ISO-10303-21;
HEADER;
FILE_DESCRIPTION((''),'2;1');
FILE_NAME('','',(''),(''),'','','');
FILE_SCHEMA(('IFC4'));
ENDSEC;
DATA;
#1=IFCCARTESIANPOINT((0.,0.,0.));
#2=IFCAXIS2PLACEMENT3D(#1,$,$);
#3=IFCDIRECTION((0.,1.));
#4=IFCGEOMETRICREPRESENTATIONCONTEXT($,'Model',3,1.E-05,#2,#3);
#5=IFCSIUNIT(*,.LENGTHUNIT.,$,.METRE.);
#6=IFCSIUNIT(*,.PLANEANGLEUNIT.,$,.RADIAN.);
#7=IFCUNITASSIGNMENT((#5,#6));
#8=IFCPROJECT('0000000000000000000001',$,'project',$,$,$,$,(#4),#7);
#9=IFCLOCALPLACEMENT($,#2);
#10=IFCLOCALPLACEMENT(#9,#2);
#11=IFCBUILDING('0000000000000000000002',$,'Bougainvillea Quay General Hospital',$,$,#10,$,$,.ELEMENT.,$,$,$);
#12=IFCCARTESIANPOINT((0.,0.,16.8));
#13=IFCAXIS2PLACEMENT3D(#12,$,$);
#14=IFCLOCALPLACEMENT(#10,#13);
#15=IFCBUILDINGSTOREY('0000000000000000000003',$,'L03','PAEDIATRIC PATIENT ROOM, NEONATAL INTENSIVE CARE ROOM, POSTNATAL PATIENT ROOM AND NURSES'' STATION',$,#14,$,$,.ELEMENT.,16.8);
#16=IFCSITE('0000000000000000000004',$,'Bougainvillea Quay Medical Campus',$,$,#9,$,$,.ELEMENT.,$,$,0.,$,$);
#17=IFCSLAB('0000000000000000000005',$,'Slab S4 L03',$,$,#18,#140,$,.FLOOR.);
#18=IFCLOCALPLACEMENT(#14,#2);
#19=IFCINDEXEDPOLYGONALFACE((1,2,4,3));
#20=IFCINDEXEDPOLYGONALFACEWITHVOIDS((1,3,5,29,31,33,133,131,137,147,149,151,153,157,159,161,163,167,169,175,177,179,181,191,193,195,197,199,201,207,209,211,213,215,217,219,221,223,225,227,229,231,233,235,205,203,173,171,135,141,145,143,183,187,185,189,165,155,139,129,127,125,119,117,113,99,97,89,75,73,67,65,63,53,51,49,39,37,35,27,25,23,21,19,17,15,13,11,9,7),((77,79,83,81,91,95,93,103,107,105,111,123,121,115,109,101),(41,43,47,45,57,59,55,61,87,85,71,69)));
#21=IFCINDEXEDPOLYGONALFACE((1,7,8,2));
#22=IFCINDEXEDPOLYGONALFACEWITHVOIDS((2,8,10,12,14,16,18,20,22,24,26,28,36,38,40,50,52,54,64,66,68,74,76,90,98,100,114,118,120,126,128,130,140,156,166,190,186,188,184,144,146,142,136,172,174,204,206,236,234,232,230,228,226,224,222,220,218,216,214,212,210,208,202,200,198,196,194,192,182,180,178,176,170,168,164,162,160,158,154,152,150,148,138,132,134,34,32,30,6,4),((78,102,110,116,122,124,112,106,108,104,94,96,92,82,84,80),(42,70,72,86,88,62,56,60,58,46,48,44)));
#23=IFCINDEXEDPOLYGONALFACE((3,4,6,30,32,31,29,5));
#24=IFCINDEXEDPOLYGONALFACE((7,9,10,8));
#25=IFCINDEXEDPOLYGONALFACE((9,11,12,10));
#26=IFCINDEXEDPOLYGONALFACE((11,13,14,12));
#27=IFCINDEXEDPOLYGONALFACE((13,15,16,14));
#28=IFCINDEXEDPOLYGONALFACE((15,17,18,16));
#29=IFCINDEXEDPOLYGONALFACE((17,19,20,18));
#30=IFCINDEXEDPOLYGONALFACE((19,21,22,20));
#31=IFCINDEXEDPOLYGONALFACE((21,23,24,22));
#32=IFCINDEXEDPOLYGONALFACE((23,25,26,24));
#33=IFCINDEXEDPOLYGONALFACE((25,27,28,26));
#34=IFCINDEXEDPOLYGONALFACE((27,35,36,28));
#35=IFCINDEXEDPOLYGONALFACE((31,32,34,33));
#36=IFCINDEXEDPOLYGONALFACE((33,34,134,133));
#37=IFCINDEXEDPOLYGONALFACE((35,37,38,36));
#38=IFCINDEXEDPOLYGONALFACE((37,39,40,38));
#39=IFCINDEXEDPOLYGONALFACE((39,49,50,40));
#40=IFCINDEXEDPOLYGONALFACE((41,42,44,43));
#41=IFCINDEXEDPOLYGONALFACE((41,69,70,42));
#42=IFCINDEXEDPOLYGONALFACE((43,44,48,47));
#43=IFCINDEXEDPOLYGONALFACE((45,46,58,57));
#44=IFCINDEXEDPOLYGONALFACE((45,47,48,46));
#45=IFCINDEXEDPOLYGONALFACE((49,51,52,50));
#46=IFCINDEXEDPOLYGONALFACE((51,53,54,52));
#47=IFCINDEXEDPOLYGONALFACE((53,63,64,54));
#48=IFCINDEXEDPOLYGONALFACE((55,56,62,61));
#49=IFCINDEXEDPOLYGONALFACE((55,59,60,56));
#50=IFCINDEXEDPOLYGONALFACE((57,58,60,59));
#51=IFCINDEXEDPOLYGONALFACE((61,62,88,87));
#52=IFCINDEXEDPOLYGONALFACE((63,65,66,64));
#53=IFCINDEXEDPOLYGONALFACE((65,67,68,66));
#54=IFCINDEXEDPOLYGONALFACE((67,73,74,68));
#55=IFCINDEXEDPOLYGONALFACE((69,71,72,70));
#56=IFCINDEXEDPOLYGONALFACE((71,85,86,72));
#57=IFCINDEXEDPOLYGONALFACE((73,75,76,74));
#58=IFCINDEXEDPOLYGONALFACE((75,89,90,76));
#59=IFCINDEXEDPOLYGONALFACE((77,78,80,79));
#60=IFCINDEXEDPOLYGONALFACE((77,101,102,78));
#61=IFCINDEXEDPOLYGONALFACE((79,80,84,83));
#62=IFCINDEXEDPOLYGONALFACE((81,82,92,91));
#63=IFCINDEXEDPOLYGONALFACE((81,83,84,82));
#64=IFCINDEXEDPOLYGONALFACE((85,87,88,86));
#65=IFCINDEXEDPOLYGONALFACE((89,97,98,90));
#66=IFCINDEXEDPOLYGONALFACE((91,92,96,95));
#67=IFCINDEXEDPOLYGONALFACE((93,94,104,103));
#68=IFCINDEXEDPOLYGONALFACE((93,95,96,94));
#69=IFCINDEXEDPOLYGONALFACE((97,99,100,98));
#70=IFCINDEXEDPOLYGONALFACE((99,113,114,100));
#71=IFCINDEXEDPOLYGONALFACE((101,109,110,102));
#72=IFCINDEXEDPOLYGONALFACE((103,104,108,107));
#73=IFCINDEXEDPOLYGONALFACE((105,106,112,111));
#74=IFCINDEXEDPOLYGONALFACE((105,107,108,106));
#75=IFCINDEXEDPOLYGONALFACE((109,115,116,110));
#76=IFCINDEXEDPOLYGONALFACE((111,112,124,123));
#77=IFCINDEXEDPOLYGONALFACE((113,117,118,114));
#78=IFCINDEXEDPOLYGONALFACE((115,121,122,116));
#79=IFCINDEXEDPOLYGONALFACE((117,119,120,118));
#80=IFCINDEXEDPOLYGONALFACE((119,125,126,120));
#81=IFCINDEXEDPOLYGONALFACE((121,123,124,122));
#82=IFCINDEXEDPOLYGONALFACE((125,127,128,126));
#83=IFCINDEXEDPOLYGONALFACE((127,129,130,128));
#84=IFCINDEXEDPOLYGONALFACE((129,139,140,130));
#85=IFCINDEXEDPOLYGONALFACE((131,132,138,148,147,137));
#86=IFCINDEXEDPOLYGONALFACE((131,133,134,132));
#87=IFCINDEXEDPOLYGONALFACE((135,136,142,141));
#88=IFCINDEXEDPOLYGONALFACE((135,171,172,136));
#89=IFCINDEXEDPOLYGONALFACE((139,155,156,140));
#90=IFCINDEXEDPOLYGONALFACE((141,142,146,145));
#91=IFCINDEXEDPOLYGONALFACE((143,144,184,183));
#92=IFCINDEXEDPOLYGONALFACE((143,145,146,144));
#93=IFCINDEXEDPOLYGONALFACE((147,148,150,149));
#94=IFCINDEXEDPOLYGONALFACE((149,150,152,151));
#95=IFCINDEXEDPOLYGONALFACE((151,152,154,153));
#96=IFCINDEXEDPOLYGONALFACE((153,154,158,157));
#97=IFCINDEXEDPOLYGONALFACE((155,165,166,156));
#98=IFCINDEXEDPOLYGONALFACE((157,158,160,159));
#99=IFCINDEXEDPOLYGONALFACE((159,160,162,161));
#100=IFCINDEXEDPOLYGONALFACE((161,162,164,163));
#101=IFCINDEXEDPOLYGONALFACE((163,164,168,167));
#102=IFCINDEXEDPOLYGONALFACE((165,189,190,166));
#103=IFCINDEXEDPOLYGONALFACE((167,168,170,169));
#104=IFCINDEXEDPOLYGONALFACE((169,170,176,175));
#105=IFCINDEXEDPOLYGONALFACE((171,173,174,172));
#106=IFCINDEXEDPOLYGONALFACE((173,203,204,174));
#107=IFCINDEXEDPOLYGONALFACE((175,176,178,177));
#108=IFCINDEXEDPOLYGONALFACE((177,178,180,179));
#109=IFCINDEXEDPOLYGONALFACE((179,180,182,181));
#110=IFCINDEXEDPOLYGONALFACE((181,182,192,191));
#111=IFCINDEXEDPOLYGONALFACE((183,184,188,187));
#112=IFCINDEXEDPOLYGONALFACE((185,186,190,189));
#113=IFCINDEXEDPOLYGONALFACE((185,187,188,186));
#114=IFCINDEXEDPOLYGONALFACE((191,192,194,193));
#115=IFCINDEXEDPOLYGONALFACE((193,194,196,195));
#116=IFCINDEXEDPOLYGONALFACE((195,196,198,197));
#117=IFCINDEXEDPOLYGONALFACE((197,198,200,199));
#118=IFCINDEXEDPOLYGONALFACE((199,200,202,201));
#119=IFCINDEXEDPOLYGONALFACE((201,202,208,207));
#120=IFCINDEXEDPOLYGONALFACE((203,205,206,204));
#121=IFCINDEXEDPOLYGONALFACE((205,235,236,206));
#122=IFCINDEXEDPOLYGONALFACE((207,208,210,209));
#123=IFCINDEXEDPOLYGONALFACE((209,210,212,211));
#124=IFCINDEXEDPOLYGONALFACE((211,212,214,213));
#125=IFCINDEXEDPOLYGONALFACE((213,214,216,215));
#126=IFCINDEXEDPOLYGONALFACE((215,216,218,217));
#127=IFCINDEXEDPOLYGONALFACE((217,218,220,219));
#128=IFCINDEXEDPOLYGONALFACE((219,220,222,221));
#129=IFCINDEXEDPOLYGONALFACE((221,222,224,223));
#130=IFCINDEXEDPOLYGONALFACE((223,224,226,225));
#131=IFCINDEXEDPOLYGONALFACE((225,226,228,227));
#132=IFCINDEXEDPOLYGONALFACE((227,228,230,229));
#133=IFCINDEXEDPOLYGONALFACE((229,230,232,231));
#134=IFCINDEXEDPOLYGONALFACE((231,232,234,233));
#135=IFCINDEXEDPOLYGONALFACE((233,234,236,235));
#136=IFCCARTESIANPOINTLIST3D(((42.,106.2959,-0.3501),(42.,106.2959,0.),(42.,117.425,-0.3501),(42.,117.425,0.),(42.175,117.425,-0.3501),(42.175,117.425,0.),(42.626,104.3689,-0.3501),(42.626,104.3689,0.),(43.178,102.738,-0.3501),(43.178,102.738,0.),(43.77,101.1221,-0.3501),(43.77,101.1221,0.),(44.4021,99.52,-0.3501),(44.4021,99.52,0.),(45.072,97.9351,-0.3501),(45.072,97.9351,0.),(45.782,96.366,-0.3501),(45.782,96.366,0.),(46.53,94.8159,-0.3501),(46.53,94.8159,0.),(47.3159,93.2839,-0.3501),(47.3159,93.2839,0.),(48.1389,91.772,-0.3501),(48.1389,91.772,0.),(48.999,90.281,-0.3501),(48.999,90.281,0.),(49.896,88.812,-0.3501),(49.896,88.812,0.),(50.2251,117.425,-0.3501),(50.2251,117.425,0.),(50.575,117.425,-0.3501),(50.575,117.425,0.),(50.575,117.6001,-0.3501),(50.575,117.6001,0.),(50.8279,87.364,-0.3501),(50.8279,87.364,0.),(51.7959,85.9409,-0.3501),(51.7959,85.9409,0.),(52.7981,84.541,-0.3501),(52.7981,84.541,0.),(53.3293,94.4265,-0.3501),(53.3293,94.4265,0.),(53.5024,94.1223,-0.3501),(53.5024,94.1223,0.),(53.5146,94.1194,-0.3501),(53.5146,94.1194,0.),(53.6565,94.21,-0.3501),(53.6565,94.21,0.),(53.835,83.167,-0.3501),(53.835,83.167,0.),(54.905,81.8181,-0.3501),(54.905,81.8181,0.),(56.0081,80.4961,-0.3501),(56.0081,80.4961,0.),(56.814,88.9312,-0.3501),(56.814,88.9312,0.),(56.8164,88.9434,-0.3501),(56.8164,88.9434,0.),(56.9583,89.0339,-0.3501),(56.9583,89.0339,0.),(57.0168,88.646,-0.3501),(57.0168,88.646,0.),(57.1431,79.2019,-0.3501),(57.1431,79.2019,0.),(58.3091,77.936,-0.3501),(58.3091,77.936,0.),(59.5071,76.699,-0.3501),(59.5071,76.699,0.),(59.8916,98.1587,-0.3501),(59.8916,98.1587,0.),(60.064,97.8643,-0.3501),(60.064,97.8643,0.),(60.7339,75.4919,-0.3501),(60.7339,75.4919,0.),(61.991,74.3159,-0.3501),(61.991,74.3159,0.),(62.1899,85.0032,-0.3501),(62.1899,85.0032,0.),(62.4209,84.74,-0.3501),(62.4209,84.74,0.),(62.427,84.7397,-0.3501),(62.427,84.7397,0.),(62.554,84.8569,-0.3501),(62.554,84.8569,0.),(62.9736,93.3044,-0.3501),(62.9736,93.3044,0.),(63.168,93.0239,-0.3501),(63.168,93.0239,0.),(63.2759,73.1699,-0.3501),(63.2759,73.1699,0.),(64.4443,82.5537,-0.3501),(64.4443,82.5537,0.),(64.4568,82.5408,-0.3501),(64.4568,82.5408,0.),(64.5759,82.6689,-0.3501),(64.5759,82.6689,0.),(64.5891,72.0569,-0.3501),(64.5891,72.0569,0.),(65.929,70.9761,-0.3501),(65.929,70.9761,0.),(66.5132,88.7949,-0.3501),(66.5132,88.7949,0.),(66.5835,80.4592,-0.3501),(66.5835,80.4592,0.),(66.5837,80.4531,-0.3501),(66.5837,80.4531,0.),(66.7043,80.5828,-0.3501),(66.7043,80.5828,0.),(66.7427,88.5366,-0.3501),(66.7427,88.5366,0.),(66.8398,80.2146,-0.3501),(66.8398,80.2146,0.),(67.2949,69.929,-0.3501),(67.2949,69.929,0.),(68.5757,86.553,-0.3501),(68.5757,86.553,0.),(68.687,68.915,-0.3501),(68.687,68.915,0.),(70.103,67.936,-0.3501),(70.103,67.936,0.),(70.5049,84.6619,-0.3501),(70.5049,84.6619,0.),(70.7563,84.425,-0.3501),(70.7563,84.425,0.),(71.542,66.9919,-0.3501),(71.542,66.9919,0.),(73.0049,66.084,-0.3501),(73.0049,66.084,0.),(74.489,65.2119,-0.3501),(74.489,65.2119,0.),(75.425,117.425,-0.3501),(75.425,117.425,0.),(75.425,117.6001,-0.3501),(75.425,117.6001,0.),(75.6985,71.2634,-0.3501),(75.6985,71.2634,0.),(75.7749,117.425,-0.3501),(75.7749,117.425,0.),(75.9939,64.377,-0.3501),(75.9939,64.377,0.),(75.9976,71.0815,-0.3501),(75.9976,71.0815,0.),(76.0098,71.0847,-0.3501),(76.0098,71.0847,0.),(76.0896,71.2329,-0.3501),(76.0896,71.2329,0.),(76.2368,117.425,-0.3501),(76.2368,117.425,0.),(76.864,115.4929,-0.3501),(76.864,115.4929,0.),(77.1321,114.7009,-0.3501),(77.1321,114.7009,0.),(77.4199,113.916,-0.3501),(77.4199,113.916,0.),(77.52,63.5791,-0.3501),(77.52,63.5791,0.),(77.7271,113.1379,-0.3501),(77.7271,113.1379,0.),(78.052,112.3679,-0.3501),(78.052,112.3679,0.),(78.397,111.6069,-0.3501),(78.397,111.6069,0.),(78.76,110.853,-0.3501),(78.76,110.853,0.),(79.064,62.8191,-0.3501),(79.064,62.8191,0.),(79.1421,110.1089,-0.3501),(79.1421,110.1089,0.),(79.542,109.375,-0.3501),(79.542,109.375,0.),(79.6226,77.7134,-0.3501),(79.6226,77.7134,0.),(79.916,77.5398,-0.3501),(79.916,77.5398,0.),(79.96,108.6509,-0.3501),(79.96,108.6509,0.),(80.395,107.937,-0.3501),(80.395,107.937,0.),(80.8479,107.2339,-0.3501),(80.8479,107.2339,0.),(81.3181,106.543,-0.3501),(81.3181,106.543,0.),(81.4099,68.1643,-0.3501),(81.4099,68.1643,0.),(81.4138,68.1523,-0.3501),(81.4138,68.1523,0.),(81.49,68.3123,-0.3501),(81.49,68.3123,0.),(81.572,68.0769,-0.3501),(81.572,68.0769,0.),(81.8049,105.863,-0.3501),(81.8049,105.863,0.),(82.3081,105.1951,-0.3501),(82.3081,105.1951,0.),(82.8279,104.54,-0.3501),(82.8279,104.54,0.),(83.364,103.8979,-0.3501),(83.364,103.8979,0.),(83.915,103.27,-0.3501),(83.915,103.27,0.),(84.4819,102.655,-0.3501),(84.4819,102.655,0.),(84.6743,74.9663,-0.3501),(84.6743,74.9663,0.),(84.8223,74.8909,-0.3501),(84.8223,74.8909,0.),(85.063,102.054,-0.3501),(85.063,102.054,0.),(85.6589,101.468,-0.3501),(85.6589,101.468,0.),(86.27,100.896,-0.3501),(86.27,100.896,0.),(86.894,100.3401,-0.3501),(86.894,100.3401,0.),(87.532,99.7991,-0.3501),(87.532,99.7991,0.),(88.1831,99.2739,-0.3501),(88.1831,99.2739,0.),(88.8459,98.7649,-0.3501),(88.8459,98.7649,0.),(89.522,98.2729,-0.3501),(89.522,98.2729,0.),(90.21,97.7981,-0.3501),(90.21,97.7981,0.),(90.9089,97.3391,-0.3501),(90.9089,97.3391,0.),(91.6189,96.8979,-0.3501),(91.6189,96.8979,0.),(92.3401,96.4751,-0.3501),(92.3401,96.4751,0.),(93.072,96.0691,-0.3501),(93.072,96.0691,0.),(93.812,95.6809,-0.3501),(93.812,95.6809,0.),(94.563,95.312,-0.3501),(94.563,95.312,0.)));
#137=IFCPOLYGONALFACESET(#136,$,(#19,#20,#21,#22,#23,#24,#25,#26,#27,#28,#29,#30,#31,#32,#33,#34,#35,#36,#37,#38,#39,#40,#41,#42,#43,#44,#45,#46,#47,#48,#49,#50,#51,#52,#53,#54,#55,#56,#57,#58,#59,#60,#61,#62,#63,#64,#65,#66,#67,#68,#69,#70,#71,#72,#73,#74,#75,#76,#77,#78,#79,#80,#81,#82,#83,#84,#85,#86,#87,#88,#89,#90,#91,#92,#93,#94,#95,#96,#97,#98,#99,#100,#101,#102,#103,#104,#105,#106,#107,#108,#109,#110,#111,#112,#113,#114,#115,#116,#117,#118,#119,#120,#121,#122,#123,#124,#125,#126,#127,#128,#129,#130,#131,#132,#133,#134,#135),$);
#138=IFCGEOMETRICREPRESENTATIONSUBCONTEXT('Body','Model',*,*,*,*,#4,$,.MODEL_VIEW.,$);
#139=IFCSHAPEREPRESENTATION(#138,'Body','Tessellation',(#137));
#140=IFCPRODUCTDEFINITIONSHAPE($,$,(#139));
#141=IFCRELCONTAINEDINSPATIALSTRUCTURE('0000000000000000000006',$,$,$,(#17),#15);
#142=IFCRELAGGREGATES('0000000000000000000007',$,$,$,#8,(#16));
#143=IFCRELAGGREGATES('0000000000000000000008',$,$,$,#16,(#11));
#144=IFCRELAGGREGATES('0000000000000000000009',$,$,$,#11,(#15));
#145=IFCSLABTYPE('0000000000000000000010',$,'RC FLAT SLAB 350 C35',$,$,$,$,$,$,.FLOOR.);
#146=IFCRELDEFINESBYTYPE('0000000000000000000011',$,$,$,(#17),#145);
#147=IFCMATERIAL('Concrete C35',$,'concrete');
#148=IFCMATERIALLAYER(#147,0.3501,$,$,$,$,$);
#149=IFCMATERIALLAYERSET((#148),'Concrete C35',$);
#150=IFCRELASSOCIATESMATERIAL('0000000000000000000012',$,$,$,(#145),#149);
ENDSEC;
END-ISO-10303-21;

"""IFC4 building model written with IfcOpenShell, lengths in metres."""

from ifc_helpers import new_model, si_unit, direction, frame, origin, place, context, subcontext, project, spatial, polyline, outline, extrude, material, layer, layer_set, type_object, element, save


model = new_model("IFC4")

# Units and contexts
model_context = context("Model", 3, precision=1e-05, world=origin(), true_north=direction((0.0, 1.0)))
body_context = subcontext(model_context, "Body", "Model", "MODEL_VIEW")
ifc_project = project(units=[si_unit("LENGTHUNIT", "METRE"), si_unit("PLANEANGLEUNIT", "RADIAN")], contexts=[model_context])

# Site, building, storey
site_placement = place(None, origin())
site = spatial("IfcSite", under=ifc_project, at=site_placement, Name="Bougainvillea Quay Medical Campus", CompositionType="ELEMENT", RefElevation=0.0)
building_placement = place(site_placement, origin())
building = spatial("IfcBuilding", under=site, at=building_placement, Name="Bougainvillea Quay General Hospital", CompositionType="ELEMENT")
storey_placement = place(building_placement, frame((0.0, 0.0, 16.8)))
storey = spatial("IfcBuildingStorey", under=building, at=storey_placement, Name="L03", Description="PAEDIATRIC PATIENT ROOM, NEONATAL INTENSIVE CARE ROOM, POSTNATAL PATIENT ROOM AND NURSES' STATION", CompositionType="ELEMENT", Elevation=16.8)

# Slab
ifc_material_1 = material(Name="Concrete C35", Category="concrete")
ifc_layer_1 = layer(ifc_material_1, 0.3501)
ifc_layer_set_1 = layer_set([ifc_layer_1], Name="Concrete C35")
slab_type_1 = type_object("IfcSlabType", Name="RC FLAT SLAB 350 C35", PredefinedType="FLOOR", material=ifc_layer_set_1)
slab_1_placement = place(storey_placement, frame((0.0, 0.0, -0.3501)))
element("IfcSlab", 1, at=slab_1_placement, inside=storey, type_object=slab_type_1, Name="Slab S4 L03", PredefinedType="FLOOR", context=body_context, shape_type="SweptSolid", body=[
    extrude(outline(polyline([(59.5071, 76.699), (60.7339, 75.4919), (61.991, 74.3159), (63.2759, 73.1699), (64.5891, 72.0569), (65.929, 70.9761), (67.2949, 69.929), (68.687, 68.915), (70.103, 67.936), (71.542, 66.9919), (73.0049, 66.084), (74.489, 65.2119), (75.9939, 64.377), (77.52, 63.5791), (79.064, 62.8191), (81.572, 68.0769), (81.4138, 68.1523), (81.49, 68.3123), (81.4099, 68.1643), (76.0098, 71.0847), (76.0896, 71.2329), (75.9976, 71.0815), (75.6985, 71.2634), (79.6226, 77.7134), (79.916, 77.5398), (84.6743, 74.9663), (84.8223, 74.8909), (94.563, 95.312), (93.812, 95.6809), (93.072, 96.0691), (92.3401, 96.4751), (91.6189, 96.8979), (90.9089, 97.3391), (90.21, 97.7981), (89.522, 98.2729), (88.8459, 98.7649), (88.1831, 99.2739), (87.532, 99.7991), (86.894, 100.3401), (86.27, 100.896), (85.6589, 101.468), (85.063, 102.054), (84.4819, 102.655), (83.915, 103.27), (83.364, 103.8979), (82.8279, 104.54), (82.3081, 105.1951), (81.8049, 105.863), (81.3181, 106.543), (80.8479, 107.2339), (80.395, 107.937), (79.96, 108.6509), (79.542, 109.375), (79.1421, 110.1089), (78.76, 110.853), (78.397, 111.6069), (78.052, 112.3679), (77.7271, 113.1379), (77.4199, 113.916), (77.1321, 114.7009), (76.864, 115.4929), (76.2368, 117.425), (75.7749, 117.425), (75.425, 117.425), (75.425, 117.6001), (50.575, 117.6001), (50.575, 117.425), (50.2251, 117.425), (42.175, 117.425), (42.0, 117.425), (42.0, 106.2959), (42.626, 104.3689), (43.178, 102.738), (43.77, 101.1221), (44.4021, 99.52), (45.072, 97.9351), (45.782, 96.366), (46.53, 94.8159), (47.3159, 93.2839), (48.1389, 91.772), (48.999, 90.281), (49.896, 88.812), (50.8279, 87.364), (51.7959, 85.9409), (52.7981, 84.541), (53.835, 83.167), (54.905, 81.8181), (56.0081, 80.4961), (57.1431, 79.2019), (58.3091, 77.936), (59.5071, 76.699)]), holes=[polyline([(62.554, 84.8569), (62.4209, 84.74), (62.1899, 85.0032), (66.5132, 88.7949), (66.7427, 88.5366), (68.5757, 86.553), (70.5049, 84.6619), (70.7563, 84.425), (66.8398, 80.2146), (66.5837, 80.4531), (66.7043, 80.5828), (66.5835, 80.4592), (64.4568, 82.5408), (64.5759, 82.6689), (64.4443, 82.5537), (62.427, 84.7397), (62.554, 84.8569)]), polyline([(56.8164, 88.9434), (53.5146, 94.1194), (53.6565, 94.21), (53.5024, 94.1223), (53.3293, 94.4265), (59.8916, 98.1587), (60.064, 97.8643), (62.9736, 93.3044), (63.168, 93.0239), (57.0168, 88.646), (56.814, 88.9312), (56.9583, 89.0339), (56.8164, 88.9434)])]), origin(), (0.0, 0.0, 1.0), 0.3501),
])

save(model, "model.ifc")
